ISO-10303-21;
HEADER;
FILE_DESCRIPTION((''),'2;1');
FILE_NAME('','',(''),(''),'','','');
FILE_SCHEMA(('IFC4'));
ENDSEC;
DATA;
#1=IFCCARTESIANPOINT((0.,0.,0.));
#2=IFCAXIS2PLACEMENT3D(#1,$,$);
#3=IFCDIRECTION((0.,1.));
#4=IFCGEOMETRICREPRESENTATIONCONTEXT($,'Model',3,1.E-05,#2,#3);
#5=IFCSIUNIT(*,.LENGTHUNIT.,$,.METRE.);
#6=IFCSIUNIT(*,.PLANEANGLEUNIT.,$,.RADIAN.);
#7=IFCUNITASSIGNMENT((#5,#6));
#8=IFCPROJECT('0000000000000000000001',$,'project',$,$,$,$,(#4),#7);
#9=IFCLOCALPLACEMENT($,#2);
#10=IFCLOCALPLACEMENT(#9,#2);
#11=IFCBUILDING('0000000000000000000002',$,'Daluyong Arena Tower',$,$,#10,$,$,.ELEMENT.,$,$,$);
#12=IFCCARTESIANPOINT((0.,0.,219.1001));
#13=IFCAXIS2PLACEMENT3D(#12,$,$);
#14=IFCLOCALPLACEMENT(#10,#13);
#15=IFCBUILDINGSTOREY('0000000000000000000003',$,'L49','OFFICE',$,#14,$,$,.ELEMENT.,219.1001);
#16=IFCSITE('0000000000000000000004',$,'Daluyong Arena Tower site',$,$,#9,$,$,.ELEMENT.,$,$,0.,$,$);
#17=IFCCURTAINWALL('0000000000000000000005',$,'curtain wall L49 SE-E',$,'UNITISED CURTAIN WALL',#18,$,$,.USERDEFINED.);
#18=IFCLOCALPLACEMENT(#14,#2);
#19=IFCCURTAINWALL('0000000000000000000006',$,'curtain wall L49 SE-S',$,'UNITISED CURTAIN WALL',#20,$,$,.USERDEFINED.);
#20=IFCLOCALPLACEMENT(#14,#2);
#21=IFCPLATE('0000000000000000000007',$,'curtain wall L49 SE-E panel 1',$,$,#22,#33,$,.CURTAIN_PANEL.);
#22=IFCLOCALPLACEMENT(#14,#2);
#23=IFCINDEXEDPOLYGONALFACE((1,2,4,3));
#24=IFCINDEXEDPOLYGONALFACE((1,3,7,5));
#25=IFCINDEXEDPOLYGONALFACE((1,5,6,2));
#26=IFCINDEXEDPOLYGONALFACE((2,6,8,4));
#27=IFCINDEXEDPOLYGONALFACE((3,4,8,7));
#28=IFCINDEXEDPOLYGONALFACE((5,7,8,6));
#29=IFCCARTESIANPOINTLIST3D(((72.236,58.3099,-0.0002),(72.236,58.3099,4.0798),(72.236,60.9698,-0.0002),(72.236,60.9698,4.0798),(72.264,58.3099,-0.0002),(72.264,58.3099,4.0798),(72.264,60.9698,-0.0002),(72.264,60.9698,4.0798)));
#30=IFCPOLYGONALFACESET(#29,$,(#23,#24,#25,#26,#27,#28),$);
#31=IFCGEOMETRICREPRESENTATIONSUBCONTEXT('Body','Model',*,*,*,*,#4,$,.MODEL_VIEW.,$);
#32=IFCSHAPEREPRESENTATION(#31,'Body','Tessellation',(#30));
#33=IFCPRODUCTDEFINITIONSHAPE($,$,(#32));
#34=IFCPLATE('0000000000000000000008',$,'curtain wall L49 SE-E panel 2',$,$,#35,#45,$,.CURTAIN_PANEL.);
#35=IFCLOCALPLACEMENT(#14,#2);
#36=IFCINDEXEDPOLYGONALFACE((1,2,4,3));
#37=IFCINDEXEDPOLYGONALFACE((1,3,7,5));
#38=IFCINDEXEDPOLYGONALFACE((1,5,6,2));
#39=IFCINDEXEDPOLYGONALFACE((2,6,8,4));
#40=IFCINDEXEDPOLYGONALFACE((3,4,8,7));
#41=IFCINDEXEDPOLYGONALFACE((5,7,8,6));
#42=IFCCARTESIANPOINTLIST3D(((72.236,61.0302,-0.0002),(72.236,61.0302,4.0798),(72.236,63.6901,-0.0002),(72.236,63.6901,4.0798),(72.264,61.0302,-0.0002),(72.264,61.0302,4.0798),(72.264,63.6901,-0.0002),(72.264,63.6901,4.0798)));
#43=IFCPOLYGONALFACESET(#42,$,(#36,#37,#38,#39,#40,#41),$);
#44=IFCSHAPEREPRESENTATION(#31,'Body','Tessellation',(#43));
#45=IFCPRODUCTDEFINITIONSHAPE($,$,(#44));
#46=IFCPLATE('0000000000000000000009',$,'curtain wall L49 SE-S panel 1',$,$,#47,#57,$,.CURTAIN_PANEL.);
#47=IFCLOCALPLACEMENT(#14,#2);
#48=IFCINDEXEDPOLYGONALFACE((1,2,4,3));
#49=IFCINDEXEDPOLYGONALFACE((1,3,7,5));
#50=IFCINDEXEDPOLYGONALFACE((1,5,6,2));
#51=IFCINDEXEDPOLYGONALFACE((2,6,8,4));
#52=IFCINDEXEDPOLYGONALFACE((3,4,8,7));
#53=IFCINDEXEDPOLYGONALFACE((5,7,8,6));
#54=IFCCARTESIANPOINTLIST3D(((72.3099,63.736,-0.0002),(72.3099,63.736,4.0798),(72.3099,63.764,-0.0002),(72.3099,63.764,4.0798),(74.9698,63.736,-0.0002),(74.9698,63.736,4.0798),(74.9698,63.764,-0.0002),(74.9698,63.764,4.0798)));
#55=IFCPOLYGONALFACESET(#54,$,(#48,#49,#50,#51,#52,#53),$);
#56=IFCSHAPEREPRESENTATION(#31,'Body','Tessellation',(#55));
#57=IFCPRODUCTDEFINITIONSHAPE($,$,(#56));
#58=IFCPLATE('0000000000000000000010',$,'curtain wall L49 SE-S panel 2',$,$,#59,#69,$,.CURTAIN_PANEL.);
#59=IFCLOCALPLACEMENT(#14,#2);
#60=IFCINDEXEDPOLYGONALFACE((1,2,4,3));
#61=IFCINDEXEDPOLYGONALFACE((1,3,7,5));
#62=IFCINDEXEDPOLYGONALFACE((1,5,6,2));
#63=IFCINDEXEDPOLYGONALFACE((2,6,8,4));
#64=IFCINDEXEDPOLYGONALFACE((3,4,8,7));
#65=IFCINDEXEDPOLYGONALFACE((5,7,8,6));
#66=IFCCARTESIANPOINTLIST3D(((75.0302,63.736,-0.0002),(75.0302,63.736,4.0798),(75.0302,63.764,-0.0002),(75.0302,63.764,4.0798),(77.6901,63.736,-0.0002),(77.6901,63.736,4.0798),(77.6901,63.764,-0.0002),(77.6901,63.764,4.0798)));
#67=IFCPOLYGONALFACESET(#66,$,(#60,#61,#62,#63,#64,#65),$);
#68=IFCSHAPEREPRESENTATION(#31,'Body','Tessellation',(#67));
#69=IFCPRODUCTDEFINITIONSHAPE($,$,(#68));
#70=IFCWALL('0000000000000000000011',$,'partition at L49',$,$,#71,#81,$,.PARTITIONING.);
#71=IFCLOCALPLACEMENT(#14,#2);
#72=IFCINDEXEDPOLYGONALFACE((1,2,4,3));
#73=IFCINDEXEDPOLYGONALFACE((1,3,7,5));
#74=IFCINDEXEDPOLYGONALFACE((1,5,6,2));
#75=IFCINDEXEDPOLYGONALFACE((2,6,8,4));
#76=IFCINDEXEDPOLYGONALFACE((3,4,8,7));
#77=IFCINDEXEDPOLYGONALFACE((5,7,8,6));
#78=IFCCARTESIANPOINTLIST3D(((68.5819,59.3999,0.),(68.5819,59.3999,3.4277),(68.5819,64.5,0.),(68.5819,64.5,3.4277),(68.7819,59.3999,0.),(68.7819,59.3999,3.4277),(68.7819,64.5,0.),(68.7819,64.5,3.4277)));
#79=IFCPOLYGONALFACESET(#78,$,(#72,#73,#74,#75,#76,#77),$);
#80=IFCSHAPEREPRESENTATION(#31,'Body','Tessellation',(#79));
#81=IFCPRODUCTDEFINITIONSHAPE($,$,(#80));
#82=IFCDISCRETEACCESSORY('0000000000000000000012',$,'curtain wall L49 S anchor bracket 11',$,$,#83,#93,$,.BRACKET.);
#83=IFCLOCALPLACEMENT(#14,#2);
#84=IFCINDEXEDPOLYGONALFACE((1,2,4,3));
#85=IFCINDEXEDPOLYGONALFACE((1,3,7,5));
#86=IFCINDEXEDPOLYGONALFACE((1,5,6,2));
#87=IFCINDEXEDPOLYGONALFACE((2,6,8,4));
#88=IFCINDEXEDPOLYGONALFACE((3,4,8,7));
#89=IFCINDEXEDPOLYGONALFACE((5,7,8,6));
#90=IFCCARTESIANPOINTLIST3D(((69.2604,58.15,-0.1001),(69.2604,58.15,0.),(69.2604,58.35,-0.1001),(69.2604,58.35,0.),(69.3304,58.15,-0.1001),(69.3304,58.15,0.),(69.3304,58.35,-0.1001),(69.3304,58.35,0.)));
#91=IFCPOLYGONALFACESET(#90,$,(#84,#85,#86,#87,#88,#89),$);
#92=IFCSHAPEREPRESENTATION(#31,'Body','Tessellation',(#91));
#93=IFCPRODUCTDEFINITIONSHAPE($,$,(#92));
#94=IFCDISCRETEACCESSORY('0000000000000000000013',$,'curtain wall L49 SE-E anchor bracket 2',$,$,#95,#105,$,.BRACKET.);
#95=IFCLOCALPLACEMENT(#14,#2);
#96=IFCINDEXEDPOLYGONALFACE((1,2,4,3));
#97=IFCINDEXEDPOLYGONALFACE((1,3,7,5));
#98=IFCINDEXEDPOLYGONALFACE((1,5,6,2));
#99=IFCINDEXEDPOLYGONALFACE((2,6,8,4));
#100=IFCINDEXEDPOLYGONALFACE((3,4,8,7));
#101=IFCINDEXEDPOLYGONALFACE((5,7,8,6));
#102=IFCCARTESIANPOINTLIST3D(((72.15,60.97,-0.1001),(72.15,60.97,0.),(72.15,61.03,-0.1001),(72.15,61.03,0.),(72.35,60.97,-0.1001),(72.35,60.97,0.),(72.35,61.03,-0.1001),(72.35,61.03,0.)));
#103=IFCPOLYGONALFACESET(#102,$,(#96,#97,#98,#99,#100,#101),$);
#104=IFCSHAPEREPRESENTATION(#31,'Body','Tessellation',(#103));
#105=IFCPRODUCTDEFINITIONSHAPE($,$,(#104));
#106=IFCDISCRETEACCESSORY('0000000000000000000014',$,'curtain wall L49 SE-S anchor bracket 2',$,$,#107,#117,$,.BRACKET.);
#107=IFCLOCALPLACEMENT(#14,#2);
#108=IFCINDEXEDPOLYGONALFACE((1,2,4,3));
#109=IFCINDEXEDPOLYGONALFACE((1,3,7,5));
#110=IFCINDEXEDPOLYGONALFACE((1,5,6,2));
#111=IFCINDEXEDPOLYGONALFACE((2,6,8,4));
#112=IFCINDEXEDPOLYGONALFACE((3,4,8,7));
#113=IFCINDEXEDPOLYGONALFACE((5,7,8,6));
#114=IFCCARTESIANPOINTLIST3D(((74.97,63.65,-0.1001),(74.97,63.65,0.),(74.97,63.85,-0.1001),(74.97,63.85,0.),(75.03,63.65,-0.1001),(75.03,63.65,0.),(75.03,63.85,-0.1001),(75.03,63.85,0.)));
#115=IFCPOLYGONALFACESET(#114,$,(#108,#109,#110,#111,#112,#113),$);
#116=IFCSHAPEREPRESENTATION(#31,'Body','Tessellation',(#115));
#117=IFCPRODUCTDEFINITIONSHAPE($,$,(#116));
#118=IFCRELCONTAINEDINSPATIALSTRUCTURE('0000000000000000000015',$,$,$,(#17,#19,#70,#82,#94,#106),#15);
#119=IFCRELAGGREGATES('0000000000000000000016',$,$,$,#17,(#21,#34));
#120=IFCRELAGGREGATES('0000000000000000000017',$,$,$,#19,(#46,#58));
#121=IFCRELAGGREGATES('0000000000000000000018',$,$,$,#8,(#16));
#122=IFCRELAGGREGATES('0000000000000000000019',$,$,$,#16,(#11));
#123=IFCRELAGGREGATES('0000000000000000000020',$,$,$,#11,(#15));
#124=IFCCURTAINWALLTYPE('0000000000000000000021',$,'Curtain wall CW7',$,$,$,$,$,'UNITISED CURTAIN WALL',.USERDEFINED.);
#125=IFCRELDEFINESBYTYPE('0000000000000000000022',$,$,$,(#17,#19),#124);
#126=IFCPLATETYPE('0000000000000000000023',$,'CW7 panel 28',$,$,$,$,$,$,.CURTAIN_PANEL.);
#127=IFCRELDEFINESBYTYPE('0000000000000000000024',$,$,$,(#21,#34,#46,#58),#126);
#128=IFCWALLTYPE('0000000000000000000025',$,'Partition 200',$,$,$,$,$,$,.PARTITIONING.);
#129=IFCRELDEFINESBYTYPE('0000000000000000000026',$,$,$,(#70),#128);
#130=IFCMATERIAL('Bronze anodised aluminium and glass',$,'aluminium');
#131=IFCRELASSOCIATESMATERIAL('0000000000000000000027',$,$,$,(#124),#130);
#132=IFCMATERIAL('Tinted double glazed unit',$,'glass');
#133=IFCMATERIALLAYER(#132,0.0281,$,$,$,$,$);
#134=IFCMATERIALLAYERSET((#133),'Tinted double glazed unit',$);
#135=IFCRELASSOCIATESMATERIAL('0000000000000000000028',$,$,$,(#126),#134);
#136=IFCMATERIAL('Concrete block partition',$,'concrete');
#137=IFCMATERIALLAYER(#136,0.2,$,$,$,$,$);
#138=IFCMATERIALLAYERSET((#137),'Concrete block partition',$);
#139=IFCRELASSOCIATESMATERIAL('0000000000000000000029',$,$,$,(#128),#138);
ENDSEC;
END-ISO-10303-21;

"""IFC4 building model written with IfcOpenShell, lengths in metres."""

from ifc_helpers import new_model, si_unit, direction, frame, frame_2d, origin, origin_2d, place, context, subcontext, project, spatial, rectangle, extrude, material, layer, layer_set, type_object, element, aggregate, save


model = new_model("IFC4")

# Units and contexts
model_context = context("Model", 3, precision=1e-05, world=origin(), true_north=direction((0.0, 1.0)))
body_context = subcontext(model_context, "Body", "Model", "MODEL_VIEW")
ifc_project = project(units=[si_unit("LENGTHUNIT", "METRE"), si_unit("PLANEANGLEUNIT", "RADIAN")], contexts=[model_context])

# Site, building, storey
site_placement = place(None, origin())
site = spatial("IfcSite", under=ifc_project, at=site_placement, Name="Daluyong Arena Tower site", CompositionType="ELEMENT", RefElevation=0.0)
building_placement = place(site_placement, origin())
building = spatial("IfcBuilding", under=site, at=building_placement, Name="Daluyong Arena Tower", CompositionType="ELEMENT")
storey_placement = place(building_placement, frame((0.0, 0.0, 219.1001)))
storey = spatial("IfcBuildingStorey", under=building, at=storey_placement, Name="L49", Description="OFFICE", CompositionType="ELEMENT", Elevation=219.1001)

# Curtain walls
ifc_material_1 = material(Name="Bronze anodised aluminium and glass", Category="aluminium")
curtain_wall_type_1 = type_object("IfcCurtainWallType", Name="Curtain wall CW7", ElementType="UNITISED CURTAIN WALL", PredefinedType="USERDEFINED", material=ifc_material_1)
curtain_wall_1_placement = place(storey_placement, origin())
curtain_wall_1 = element("IfcCurtainWall", 1, at=curtain_wall_1_placement, inside=storey, type_object=curtain_wall_type_1, Name="curtain wall L49 SE-E", ObjectType="UNITISED CURTAIN WALL", PredefinedType="USERDEFINED")
curtain_wall_2_placement = place(storey_placement, origin())
curtain_wall_2 = element("IfcCurtainWall", 2, at=curtain_wall_2_placement, inside=storey, type_object=curtain_wall_type_1, Name="curtain wall L49 SE-S", ObjectType="UNITISED CURTAIN WALL", PredefinedType="USERDEFINED")

# Plates
ifc_material_2 = material(Name="Tinted double glazed unit", Category="glass")
ifc_layer_1 = layer(ifc_material_2, 0.0281)
ifc_layer_set_1 = layer_set([ifc_layer_1], Name="Tinted double glazed unit")
plate_type_1 = type_object("IfcPlateType", Name="CW7 panel 28", PredefinedType="CURTAIN_PANEL", material=ifc_layer_set_1)
plate_1_placement = place(storey_placement, frame((72.25, 59.6399, -0.0002), z_axis=(0.0, 0.0, 1.0), x_axis=(0.0, 1.0, 0.0)))
plate_1 = element("IfcPlate", 3, at=plate_1_placement, type_object=plate_type_1, Name="curtain wall L49 SE-E panel 1", PredefinedType="CURTAIN_PANEL", context=body_context, shape_type="SweptSolid", body=[
    extrude(rectangle(XDim=2.6599, YDim=0.0281, at=origin_2d()), origin(), (0.0, 0.0, 1.0), 4.0801),
])
plate_2_placement = place(storey_placement, frame((72.25, 62.3601, -0.0002), z_axis=(0.0, 0.0, 1.0), x_axis=(0.0, 1.0, 0.0)))
plate_2 = element("IfcPlate", 4, at=plate_2_placement, type_object=plate_type_1, Name="curtain wall L49 SE-E panel 2", PredefinedType="CURTAIN_PANEL", context=body_context, shape_type="SweptSolid", body=[
    extrude(rectangle(XDim=2.6599, YDim=0.0281, at=origin_2d()), origin(), (0.0, 0.0, 1.0), 4.0801),
])
aggregate(curtain_wall_1, [plate_1, plate_2])
plate_3_placement = place(storey_placement, frame((73.6399, 63.75, -0.0002), z_axis=(0.0, 0.0, 1.0), x_axis=(1.0, 0.0, 0.0)))
plate_3 = element("IfcPlate", 5, at=plate_3_placement, type_object=plate_type_1, Name="curtain wall L49 SE-S panel 1", PredefinedType="CURTAIN_PANEL", context=body_context, shape_type="SweptSolid", body=[
    extrude(rectangle(XDim=2.6599, YDim=0.0281, at=origin_2d()), origin(), (0.0, 0.0, 1.0), 4.0801),
])
plate_4_placement = place(storey_placement, frame((76.3601, 63.75, -0.0002), z_axis=(0.0, 0.0, 1.0), x_axis=(1.0, 0.0, 0.0)))
plate_4 = element("IfcPlate", 6, at=plate_4_placement, type_object=plate_type_1, Name="curtain wall L49 SE-S panel 2", PredefinedType="CURTAIN_PANEL", context=body_context, shape_type="SweptSolid", body=[
    extrude(rectangle(XDim=2.6599, YDim=0.0281, at=origin_2d()), origin(), (0.0, 0.0, 1.0), 4.0801),
])
aggregate(curtain_wall_2, [plate_3, plate_4])

# Wall
ifc_material_3 = material(Name="Concrete block partition", Category="concrete")
ifc_layer_2 = layer(ifc_material_3, 0.2)
ifc_layer_set_2 = layer_set([ifc_layer_2], Name="Concrete block partition")
wall_type = type_object("IfcWallType", Name="Partition 200", PredefinedType="PARTITIONING", material=ifc_layer_set_2)
wall_placement = place(storey_placement, frame((68.6819, 59.3999, 0.0), z_axis=(0.0, 0.0, 1.0), x_axis=(0.0, 1.0, 0.0)))
element("IfcWall", 7, at=wall_placement, inside=storey, type_object=wall_type, Name="partition at L49", PredefinedType="PARTITIONING", context=body_context, shape_type="SweptSolid", body=[
    extrude(rectangle(XDim=5.1001, YDim=0.2, at=frame_2d((2.55, 0.0))), origin(), (0.0, 0.0, 1.0), 3.4277),
])

# Discrete accessories
discrete_accessory_placement = place(storey_placement, frame((69.2954, 58.25, -0.1001), z_axis=(0.0, 0.0, 1.0), x_axis=(1.0, 0.0, 0.0)))
element("IfcDiscreteAccessory", 8, at=discrete_accessory_placement, inside=storey, Name="curtain wall L49 S anchor bracket 11", PredefinedType="BRACKET", context=body_context, shape_type="SweptSolid", body=[
    extrude(rectangle(XDim=0.0701, YDim=0.2, at=origin_2d()), origin(), (0.0, 0.0, 1.0), 0.1001),
])
for number, where, z_axis, x_axis, name in (
    (9, (72.25, 61.0, -0.1001), (0.0, 0.0, 1.0), (0.0, 1.0, 0.0), "curtain wall L49 SE-E anchor bracket 2"),
    (10, (75.0, 63.75, -0.1001), (0.0, 0.0, 1.0), (1.0, 0.0, 0.0), "curtain wall L49 SE-S anchor bracket 2"),
):
    element("IfcDiscreteAccessory", number, at=place(storey_placement, frame(where, z_axis=z_axis, x_axis=x_axis)), inside=storey, Name=name, PredefinedType="BRACKET", context=body_context, shape_type="SweptSolid", body=[
        extrude(rectangle(XDim=0.0601, YDim=0.2, at=origin_2d()), origin(), (0.0, 0.0, 1.0), 0.1001),
    ])

save(model, "model.ifc")
